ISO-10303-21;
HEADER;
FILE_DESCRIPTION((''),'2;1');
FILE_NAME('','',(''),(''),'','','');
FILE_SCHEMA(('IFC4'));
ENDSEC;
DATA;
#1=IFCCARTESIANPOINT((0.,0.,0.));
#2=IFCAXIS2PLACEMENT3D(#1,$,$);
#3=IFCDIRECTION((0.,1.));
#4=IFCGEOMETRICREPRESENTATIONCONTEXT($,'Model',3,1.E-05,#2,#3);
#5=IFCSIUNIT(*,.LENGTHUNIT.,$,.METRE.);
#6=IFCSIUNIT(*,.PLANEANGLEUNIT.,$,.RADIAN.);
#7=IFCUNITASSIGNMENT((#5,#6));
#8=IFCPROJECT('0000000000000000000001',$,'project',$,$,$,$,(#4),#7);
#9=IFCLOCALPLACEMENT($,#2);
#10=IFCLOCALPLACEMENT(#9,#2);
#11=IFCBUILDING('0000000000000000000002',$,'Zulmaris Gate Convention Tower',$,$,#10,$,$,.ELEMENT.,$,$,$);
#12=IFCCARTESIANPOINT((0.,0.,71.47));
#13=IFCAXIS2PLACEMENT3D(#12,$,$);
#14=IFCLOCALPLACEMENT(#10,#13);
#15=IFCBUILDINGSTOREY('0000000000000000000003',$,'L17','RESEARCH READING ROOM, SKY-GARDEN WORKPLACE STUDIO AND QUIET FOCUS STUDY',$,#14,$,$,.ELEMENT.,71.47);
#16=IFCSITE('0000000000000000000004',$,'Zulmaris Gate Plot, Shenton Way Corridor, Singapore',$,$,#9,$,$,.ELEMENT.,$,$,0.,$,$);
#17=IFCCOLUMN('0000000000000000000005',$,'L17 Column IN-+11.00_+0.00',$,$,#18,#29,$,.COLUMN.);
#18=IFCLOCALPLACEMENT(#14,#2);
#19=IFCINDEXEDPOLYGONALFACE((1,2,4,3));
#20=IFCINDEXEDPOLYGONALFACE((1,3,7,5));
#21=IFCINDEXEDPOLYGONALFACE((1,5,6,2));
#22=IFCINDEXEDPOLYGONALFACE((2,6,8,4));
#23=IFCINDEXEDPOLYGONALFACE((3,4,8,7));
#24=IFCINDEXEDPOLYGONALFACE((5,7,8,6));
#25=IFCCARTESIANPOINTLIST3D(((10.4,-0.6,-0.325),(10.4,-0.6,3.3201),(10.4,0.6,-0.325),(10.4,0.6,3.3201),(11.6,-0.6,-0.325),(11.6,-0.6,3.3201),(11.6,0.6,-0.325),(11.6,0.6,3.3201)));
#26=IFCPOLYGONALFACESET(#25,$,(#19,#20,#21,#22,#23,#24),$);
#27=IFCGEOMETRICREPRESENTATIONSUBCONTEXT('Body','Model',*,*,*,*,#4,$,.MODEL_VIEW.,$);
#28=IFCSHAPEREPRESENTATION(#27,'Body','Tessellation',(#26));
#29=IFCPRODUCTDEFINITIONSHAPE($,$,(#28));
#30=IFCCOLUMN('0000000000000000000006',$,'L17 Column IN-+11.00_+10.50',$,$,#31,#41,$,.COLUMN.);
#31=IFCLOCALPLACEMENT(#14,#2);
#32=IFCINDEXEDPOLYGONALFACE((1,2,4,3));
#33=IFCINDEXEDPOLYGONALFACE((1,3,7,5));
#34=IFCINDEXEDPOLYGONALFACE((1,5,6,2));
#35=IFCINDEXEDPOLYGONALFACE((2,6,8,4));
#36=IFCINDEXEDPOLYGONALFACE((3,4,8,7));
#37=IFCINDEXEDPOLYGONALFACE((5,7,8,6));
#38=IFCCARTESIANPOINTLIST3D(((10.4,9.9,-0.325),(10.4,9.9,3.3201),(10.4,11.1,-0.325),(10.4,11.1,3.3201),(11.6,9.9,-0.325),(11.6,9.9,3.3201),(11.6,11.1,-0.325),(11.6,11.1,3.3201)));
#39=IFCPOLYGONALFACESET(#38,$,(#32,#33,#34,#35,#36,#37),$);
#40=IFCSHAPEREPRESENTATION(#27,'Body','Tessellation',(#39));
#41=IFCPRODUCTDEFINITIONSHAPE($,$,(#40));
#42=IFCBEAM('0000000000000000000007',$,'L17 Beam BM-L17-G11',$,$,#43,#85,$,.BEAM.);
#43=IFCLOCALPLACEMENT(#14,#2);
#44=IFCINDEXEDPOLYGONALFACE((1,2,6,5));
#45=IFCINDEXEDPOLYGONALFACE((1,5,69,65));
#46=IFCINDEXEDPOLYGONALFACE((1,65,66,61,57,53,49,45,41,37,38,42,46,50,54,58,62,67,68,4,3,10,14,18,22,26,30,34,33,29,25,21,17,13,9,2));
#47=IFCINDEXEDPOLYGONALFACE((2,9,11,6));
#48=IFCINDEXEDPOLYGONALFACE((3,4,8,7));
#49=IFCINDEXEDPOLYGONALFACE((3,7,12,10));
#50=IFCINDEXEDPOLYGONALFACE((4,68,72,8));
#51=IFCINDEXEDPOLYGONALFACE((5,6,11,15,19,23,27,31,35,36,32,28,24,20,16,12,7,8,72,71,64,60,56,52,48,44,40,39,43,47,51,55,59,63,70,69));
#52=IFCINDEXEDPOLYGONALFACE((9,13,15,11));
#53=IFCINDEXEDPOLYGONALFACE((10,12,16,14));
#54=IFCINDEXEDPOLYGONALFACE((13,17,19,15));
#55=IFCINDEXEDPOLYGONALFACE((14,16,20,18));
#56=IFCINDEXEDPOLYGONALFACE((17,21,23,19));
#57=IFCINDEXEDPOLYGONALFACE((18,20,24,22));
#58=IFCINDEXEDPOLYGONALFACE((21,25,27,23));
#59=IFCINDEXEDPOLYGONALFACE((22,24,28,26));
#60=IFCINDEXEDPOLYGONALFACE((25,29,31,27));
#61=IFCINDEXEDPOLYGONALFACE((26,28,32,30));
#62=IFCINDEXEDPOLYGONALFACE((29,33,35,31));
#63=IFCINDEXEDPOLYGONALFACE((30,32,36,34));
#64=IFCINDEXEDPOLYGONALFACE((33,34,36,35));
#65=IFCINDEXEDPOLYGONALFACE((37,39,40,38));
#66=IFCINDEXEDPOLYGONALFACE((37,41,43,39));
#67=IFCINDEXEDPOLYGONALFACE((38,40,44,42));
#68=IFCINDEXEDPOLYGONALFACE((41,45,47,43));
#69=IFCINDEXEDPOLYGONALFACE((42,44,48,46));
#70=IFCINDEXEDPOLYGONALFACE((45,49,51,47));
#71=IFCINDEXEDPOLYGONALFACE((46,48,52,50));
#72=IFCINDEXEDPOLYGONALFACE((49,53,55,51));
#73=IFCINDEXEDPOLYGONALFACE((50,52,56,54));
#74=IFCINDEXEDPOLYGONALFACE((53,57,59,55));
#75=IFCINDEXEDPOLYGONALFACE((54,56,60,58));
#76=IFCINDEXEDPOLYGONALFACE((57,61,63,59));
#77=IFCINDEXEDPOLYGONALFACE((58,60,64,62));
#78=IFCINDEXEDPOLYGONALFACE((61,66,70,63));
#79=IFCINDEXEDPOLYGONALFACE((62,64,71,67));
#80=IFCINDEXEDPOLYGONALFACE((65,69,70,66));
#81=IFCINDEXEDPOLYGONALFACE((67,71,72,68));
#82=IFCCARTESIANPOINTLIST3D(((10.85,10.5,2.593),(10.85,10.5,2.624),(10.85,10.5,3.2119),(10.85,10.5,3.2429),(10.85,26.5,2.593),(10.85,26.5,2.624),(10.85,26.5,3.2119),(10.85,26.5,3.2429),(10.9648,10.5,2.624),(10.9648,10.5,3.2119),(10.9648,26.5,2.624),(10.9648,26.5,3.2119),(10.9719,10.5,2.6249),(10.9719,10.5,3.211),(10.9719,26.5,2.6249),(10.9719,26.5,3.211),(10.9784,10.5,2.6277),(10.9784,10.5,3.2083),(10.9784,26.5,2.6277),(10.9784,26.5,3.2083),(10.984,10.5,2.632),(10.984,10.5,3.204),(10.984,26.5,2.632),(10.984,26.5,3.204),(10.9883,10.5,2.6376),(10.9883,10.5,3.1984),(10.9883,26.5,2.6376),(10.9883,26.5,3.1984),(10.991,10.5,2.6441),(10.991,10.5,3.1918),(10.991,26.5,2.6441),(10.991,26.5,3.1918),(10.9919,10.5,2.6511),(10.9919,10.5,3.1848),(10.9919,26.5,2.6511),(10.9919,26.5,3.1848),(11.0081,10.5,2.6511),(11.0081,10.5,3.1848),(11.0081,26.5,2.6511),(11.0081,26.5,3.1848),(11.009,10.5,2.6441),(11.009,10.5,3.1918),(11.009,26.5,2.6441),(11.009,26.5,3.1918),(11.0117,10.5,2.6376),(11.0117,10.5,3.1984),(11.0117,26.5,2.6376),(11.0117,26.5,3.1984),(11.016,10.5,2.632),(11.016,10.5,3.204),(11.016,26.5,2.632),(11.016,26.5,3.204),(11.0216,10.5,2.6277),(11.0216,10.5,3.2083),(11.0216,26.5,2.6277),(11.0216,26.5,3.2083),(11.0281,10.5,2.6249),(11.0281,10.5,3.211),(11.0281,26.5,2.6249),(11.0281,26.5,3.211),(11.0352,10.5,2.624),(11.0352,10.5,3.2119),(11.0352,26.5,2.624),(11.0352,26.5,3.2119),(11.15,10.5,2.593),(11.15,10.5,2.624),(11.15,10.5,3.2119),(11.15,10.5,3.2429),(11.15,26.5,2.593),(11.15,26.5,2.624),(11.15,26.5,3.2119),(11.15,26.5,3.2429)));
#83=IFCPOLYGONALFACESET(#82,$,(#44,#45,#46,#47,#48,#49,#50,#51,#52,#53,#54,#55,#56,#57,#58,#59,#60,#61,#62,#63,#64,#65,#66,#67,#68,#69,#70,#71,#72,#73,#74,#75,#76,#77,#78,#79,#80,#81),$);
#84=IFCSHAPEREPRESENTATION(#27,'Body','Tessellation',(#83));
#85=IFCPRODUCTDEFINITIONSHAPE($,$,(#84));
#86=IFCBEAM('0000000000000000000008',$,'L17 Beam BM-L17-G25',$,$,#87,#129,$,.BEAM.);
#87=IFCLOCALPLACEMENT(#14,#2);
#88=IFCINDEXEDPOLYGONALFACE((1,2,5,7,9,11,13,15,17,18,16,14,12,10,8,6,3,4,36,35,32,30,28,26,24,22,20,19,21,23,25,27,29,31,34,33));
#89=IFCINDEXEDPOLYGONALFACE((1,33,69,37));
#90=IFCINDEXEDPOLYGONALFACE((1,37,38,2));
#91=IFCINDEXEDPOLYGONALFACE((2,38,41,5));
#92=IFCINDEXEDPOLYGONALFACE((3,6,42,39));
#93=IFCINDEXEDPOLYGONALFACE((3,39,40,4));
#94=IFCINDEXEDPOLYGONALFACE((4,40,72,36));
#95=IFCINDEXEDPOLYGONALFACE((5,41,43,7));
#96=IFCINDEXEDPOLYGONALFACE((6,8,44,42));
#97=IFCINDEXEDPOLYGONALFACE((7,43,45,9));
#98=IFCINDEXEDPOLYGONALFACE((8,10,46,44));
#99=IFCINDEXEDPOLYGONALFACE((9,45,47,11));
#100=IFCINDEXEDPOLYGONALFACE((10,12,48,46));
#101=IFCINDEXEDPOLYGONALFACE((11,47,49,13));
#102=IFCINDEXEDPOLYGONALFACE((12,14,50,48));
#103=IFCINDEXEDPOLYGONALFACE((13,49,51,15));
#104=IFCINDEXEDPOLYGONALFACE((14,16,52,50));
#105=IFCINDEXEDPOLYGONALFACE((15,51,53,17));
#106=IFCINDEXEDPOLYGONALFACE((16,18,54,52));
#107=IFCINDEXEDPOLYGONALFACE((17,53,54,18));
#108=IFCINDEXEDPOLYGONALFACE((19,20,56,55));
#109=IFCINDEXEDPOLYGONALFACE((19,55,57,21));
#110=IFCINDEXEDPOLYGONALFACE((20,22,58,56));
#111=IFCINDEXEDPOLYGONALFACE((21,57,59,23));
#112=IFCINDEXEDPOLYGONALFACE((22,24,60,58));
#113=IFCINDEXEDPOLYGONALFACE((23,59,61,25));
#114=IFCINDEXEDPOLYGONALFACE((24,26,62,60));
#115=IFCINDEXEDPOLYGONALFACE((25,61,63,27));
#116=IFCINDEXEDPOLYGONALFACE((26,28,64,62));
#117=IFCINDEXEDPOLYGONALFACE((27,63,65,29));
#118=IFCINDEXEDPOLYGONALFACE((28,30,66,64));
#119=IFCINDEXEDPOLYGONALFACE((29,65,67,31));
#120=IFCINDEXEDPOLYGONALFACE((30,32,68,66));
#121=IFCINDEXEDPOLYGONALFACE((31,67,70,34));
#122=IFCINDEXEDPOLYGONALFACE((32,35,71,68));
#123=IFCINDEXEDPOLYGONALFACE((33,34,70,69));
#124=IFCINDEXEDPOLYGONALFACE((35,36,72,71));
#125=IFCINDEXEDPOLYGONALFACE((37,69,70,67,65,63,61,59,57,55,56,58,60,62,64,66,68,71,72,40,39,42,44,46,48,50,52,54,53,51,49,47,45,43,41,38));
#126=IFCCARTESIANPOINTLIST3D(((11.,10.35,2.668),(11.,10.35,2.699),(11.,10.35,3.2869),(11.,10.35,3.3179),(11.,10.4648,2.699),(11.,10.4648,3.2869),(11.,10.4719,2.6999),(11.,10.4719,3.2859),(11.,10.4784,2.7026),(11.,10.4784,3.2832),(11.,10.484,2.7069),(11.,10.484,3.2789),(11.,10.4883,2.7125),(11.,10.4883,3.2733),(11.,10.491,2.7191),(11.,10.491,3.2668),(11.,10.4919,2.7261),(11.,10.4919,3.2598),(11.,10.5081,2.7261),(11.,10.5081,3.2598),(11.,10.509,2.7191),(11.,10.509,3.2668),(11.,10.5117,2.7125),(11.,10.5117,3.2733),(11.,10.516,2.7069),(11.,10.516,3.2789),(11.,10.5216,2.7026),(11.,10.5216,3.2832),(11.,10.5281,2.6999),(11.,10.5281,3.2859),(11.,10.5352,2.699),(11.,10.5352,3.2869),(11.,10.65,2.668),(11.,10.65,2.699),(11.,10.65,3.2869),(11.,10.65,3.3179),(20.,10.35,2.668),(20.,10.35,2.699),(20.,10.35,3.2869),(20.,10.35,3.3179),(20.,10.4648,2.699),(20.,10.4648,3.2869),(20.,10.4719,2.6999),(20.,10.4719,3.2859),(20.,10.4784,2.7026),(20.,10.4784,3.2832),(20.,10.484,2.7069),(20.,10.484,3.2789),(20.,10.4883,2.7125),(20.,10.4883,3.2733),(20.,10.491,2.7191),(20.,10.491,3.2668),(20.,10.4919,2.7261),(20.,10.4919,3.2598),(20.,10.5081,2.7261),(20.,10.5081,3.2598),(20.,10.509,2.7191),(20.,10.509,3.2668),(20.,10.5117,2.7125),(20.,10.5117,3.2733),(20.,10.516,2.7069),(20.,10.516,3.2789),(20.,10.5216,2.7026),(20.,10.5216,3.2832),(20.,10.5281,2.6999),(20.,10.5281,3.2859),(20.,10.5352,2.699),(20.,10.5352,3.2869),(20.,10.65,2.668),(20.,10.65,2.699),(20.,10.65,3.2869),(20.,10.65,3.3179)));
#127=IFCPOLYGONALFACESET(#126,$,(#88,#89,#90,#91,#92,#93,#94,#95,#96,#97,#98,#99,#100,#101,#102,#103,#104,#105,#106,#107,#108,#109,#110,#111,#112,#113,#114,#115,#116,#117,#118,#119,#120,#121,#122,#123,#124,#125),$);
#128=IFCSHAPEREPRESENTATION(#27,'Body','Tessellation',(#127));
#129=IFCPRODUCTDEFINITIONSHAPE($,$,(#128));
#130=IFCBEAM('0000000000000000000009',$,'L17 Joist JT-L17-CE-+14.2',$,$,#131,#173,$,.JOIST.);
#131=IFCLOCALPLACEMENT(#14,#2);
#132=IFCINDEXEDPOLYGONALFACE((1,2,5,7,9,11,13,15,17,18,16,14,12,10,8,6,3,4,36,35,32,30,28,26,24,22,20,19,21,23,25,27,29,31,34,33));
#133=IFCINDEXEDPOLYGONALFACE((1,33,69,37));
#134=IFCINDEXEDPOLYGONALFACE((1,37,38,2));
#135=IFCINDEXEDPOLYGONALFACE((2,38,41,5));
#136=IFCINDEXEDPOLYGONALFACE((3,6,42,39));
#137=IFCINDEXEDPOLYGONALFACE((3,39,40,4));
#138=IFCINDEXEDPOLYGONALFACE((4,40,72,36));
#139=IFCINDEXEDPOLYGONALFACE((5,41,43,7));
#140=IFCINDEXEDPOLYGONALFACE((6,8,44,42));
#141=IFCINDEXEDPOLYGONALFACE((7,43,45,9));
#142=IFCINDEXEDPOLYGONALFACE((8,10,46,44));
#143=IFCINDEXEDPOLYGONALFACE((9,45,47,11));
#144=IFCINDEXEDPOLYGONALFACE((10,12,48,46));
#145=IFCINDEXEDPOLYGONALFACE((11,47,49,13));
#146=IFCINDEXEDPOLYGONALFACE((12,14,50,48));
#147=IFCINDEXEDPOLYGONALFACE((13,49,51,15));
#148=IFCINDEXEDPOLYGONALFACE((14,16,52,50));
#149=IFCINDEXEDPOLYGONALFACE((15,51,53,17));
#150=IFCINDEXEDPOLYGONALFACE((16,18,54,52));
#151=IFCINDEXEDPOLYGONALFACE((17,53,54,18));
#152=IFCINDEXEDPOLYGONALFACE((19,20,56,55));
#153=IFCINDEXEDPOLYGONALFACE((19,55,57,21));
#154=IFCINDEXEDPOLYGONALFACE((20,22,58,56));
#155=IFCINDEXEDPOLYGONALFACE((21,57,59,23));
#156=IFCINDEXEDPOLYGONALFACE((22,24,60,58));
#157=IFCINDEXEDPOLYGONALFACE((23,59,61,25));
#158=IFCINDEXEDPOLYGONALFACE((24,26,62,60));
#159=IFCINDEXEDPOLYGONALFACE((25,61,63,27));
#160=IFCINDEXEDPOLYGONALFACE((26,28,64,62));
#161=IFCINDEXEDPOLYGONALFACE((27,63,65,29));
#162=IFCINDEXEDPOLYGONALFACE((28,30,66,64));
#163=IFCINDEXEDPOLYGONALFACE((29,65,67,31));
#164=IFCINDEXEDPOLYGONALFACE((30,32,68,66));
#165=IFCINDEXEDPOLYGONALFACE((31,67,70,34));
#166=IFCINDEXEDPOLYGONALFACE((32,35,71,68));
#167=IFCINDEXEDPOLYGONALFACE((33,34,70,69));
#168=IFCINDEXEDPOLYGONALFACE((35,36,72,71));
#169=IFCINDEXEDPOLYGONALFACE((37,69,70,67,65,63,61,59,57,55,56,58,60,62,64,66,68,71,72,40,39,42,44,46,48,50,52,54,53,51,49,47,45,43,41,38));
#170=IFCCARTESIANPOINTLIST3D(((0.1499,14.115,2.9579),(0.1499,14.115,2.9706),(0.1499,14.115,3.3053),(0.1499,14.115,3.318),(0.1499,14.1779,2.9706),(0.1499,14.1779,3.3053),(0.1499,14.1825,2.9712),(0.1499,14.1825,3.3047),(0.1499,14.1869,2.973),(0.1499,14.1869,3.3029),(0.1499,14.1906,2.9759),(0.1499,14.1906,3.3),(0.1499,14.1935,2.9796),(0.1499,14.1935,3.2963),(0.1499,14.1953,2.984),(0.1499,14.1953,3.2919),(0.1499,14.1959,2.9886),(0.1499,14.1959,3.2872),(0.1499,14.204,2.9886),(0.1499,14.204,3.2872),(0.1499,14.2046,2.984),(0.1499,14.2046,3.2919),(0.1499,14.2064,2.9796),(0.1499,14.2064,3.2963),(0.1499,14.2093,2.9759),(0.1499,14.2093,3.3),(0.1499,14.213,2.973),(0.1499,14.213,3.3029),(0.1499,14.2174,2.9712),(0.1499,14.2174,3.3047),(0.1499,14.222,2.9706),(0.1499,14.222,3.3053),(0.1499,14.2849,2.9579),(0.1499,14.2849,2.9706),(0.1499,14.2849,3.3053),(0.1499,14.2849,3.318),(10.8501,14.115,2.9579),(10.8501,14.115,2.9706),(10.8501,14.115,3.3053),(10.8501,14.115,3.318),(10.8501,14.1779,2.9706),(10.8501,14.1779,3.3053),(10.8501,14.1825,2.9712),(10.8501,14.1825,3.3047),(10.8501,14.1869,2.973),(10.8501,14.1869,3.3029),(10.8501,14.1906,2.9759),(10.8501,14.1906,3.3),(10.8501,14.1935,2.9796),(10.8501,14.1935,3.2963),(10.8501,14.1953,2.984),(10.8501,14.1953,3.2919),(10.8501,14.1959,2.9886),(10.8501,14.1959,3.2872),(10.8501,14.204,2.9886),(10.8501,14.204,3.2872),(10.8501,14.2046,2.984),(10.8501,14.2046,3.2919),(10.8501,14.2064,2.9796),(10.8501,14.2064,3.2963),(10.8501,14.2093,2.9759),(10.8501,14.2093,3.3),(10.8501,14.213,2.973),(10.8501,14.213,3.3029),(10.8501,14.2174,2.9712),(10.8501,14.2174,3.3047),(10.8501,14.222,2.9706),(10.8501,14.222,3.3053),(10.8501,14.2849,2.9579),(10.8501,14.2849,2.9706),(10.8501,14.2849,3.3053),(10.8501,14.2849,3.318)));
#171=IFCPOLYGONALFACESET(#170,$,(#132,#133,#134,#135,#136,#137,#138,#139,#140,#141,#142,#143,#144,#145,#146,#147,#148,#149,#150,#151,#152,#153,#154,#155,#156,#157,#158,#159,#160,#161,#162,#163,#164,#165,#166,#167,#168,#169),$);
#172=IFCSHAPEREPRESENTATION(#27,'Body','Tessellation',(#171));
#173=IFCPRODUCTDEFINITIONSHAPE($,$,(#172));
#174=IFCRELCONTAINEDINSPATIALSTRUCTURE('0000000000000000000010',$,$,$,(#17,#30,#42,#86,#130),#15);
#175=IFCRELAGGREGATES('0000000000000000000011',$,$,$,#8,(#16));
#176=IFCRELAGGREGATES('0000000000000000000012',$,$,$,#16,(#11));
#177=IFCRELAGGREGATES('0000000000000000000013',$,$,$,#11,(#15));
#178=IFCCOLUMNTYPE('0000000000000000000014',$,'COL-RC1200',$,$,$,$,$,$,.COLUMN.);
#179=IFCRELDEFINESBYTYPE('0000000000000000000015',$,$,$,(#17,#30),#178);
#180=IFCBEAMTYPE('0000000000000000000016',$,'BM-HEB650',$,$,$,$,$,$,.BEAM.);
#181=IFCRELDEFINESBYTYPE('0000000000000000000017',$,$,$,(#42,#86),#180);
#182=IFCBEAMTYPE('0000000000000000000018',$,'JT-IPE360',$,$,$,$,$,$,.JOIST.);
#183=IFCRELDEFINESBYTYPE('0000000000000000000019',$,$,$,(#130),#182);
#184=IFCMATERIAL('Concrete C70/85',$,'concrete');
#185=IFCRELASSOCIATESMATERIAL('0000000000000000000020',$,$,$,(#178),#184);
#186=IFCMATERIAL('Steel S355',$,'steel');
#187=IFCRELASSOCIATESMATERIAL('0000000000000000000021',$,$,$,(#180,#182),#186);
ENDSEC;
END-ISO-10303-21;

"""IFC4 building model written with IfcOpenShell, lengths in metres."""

from ifc_helpers import new_model, si_unit, direction, frame, origin, origin_2d, place, context, subcontext, project, spatial, rectangle, i_section, extrude, material, material_profile, profile_set, type_object, element, save


model = new_model("IFC4")

# Units and contexts
model_context = context("Model", 3, precision=1e-05, world=origin(), true_north=direction((0.0, 1.0)))
body_context = subcontext(model_context, "Body", "Model", "MODEL_VIEW")
ifc_project = project(units=[si_unit("LENGTHUNIT", "METRE"), si_unit("PLANEANGLEUNIT", "RADIAN")], contexts=[model_context])

# Site, building, storey
site_placement = place(None, origin())
site = spatial("IfcSite", under=ifc_project, at=site_placement, Name="Zulmaris Gate Plot, Shenton Way Corridor, Singapore", CompositionType="ELEMENT", RefElevation=0.0)
building_placement = place(site_placement, origin())
building = spatial("IfcBuilding", under=site, at=building_placement, Name="Zulmaris Gate Convention Tower", CompositionType="ELEMENT")
storey_placement = place(building_placement, frame((0.0, 0.0, 71.47)))
storey = spatial("IfcBuildingStorey", under=building, at=storey_placement, Name="L17", Description="RESEARCH READING ROOM, SKY-GARDEN WORKPLACE STUDIO AND QUIET FOCUS STUDY", CompositionType="ELEMENT", Elevation=71.47)

# Columns
ifc_material_1 = material(Name="Concrete C70/85", Category="concrete")
ifc_material_profile_1 = material_profile(ifc_material_1, rectangle(XDim=1.2, YDim=1.2, at=origin_2d()), Name="RC COL 1200x1200")
ifc_profile_set_1 = profile_set([ifc_material_profile_1], Name="Concrete C70/85")
column_type = type_object("IfcColumnType", Name="COL-RC1200", PredefinedType="COLUMN", material=ifc_profile_set_1)
for number, where, z_axis, x_axis, name in (
    (1, (11.0, 0.0, -0.325), (0.0, 0.0, 1.0), (1.0, 0.0, 0.0), "L17 Column IN-+11.00_+0.00"),
    (2, (11.0, 10.5, -0.325), (0.0, 0.0, 1.0), (1.0, 0.0, 0.0), "L17 Column IN-+11.00_+10.50"),
):
    element("IfcColumn", number, at=place(storey_placement, frame(where, z_axis=z_axis, x_axis=x_axis)), inside=storey, type_object=column_type, Name=name, PredefinedType="COLUMN", context=body_context, shape_type="SweptSolid", body=[
        extrude(rectangle(XDim=1.2, YDim=1.2, at=origin_2d()), origin(), (0.0, 0.0, 1.0), 3.645),
    ])

# Beams
ifc_material_2 = material(Name="Steel S355", Category="steel")
ifc_material_profile_2 = material_profile(ifc_material_2, i_section(OverallWidth=0.3, OverallDepth=0.6499, WebThickness=0.0161, FlangeThickness=0.031, FilletRadius=0.0271, at=origin_2d()), Name="HEB 650")
ifc_profile_set_2 = profile_set([ifc_material_profile_2], Name="Steel S355")
beam_type_1 = type_object("IfcBeamType", Name="BM-HEB650", PredefinedType="BEAM", material=ifc_profile_set_2)
beam_1_placement = place(storey_placement, frame((11.0, 10.5, 2.918), z_axis=(0.0, 1.0, 0.0), x_axis=(-1.0, 0.0, 0.0)))
element("IfcBeam", 3, at=beam_1_placement, inside=storey, type_object=beam_type_1, Name="L17 Beam BM-L17-G11", PredefinedType="BEAM", context=body_context, shape_type="SweptSolid", body=[
    extrude(i_section(OverallWidth=0.3, OverallDepth=0.6499, WebThickness=0.0161, FlangeThickness=0.031, FilletRadius=0.0271, at=origin_2d()), origin(), (0.0, 0.0, 1.0), 16.0),
])
beam_2_placement = place(storey_placement, frame((11.0, 10.5, 2.9929), z_axis=(1.0, 0.0, 0.0), x_axis=(0.0, 1.0, 0.0)))
element("IfcBeam", 4, at=beam_2_placement, inside=storey, type_object=beam_type_1, Name="L17 Beam BM-L17-G25", PredefinedType="BEAM", context=body_context, shape_type="SweptSolid", body=[
    extrude(i_section(OverallWidth=0.3, OverallDepth=0.6499, WebThickness=0.0161, FlangeThickness=0.031, FilletRadius=0.0271, at=origin_2d()), origin(), (0.0, 0.0, 1.0), 9.0),
])
ifc_material_profile_3 = material_profile(ifc_material_2, i_section(OverallWidth=0.1699, OverallDepth=0.3601, WebThickness=0.0081, FlangeThickness=0.0127, FilletRadius=0.0181, at=origin_2d()), Name="IPE 360")
ifc_profile_set_3 = profile_set([ifc_material_profile_3], Name="Steel S355")
beam_type_2 = type_object("IfcBeamType", Name="JT-IPE360", PredefinedType="JOIST", material=ifc_profile_set_3)
for number, where, z_axis, x_axis, name in (
    (5, (0.1499, 14.2, 3.1379), (1.0, 0.0, 0.0), (0.0, 1.0, 0.0), "L17 Joist JT-L17-CE-+14.2"),
):
    element("IfcBeam", number, at=place(storey_placement, frame(where, z_axis=z_axis, x_axis=x_axis)), inside=storey, type_object=beam_type_2, Name=name, PredefinedType="JOIST", context=body_context, shape_type="SweptSolid", body=[
        extrude(i_section(OverallWidth=0.1699, OverallDepth=0.3601, WebThickness=0.0081, FlangeThickness=0.0127, FilletRadius=0.0181, at=origin_2d()), origin(), (0.0, 0.0, 1.0), 10.7002),
    ])

save(model, "model.ifc")
